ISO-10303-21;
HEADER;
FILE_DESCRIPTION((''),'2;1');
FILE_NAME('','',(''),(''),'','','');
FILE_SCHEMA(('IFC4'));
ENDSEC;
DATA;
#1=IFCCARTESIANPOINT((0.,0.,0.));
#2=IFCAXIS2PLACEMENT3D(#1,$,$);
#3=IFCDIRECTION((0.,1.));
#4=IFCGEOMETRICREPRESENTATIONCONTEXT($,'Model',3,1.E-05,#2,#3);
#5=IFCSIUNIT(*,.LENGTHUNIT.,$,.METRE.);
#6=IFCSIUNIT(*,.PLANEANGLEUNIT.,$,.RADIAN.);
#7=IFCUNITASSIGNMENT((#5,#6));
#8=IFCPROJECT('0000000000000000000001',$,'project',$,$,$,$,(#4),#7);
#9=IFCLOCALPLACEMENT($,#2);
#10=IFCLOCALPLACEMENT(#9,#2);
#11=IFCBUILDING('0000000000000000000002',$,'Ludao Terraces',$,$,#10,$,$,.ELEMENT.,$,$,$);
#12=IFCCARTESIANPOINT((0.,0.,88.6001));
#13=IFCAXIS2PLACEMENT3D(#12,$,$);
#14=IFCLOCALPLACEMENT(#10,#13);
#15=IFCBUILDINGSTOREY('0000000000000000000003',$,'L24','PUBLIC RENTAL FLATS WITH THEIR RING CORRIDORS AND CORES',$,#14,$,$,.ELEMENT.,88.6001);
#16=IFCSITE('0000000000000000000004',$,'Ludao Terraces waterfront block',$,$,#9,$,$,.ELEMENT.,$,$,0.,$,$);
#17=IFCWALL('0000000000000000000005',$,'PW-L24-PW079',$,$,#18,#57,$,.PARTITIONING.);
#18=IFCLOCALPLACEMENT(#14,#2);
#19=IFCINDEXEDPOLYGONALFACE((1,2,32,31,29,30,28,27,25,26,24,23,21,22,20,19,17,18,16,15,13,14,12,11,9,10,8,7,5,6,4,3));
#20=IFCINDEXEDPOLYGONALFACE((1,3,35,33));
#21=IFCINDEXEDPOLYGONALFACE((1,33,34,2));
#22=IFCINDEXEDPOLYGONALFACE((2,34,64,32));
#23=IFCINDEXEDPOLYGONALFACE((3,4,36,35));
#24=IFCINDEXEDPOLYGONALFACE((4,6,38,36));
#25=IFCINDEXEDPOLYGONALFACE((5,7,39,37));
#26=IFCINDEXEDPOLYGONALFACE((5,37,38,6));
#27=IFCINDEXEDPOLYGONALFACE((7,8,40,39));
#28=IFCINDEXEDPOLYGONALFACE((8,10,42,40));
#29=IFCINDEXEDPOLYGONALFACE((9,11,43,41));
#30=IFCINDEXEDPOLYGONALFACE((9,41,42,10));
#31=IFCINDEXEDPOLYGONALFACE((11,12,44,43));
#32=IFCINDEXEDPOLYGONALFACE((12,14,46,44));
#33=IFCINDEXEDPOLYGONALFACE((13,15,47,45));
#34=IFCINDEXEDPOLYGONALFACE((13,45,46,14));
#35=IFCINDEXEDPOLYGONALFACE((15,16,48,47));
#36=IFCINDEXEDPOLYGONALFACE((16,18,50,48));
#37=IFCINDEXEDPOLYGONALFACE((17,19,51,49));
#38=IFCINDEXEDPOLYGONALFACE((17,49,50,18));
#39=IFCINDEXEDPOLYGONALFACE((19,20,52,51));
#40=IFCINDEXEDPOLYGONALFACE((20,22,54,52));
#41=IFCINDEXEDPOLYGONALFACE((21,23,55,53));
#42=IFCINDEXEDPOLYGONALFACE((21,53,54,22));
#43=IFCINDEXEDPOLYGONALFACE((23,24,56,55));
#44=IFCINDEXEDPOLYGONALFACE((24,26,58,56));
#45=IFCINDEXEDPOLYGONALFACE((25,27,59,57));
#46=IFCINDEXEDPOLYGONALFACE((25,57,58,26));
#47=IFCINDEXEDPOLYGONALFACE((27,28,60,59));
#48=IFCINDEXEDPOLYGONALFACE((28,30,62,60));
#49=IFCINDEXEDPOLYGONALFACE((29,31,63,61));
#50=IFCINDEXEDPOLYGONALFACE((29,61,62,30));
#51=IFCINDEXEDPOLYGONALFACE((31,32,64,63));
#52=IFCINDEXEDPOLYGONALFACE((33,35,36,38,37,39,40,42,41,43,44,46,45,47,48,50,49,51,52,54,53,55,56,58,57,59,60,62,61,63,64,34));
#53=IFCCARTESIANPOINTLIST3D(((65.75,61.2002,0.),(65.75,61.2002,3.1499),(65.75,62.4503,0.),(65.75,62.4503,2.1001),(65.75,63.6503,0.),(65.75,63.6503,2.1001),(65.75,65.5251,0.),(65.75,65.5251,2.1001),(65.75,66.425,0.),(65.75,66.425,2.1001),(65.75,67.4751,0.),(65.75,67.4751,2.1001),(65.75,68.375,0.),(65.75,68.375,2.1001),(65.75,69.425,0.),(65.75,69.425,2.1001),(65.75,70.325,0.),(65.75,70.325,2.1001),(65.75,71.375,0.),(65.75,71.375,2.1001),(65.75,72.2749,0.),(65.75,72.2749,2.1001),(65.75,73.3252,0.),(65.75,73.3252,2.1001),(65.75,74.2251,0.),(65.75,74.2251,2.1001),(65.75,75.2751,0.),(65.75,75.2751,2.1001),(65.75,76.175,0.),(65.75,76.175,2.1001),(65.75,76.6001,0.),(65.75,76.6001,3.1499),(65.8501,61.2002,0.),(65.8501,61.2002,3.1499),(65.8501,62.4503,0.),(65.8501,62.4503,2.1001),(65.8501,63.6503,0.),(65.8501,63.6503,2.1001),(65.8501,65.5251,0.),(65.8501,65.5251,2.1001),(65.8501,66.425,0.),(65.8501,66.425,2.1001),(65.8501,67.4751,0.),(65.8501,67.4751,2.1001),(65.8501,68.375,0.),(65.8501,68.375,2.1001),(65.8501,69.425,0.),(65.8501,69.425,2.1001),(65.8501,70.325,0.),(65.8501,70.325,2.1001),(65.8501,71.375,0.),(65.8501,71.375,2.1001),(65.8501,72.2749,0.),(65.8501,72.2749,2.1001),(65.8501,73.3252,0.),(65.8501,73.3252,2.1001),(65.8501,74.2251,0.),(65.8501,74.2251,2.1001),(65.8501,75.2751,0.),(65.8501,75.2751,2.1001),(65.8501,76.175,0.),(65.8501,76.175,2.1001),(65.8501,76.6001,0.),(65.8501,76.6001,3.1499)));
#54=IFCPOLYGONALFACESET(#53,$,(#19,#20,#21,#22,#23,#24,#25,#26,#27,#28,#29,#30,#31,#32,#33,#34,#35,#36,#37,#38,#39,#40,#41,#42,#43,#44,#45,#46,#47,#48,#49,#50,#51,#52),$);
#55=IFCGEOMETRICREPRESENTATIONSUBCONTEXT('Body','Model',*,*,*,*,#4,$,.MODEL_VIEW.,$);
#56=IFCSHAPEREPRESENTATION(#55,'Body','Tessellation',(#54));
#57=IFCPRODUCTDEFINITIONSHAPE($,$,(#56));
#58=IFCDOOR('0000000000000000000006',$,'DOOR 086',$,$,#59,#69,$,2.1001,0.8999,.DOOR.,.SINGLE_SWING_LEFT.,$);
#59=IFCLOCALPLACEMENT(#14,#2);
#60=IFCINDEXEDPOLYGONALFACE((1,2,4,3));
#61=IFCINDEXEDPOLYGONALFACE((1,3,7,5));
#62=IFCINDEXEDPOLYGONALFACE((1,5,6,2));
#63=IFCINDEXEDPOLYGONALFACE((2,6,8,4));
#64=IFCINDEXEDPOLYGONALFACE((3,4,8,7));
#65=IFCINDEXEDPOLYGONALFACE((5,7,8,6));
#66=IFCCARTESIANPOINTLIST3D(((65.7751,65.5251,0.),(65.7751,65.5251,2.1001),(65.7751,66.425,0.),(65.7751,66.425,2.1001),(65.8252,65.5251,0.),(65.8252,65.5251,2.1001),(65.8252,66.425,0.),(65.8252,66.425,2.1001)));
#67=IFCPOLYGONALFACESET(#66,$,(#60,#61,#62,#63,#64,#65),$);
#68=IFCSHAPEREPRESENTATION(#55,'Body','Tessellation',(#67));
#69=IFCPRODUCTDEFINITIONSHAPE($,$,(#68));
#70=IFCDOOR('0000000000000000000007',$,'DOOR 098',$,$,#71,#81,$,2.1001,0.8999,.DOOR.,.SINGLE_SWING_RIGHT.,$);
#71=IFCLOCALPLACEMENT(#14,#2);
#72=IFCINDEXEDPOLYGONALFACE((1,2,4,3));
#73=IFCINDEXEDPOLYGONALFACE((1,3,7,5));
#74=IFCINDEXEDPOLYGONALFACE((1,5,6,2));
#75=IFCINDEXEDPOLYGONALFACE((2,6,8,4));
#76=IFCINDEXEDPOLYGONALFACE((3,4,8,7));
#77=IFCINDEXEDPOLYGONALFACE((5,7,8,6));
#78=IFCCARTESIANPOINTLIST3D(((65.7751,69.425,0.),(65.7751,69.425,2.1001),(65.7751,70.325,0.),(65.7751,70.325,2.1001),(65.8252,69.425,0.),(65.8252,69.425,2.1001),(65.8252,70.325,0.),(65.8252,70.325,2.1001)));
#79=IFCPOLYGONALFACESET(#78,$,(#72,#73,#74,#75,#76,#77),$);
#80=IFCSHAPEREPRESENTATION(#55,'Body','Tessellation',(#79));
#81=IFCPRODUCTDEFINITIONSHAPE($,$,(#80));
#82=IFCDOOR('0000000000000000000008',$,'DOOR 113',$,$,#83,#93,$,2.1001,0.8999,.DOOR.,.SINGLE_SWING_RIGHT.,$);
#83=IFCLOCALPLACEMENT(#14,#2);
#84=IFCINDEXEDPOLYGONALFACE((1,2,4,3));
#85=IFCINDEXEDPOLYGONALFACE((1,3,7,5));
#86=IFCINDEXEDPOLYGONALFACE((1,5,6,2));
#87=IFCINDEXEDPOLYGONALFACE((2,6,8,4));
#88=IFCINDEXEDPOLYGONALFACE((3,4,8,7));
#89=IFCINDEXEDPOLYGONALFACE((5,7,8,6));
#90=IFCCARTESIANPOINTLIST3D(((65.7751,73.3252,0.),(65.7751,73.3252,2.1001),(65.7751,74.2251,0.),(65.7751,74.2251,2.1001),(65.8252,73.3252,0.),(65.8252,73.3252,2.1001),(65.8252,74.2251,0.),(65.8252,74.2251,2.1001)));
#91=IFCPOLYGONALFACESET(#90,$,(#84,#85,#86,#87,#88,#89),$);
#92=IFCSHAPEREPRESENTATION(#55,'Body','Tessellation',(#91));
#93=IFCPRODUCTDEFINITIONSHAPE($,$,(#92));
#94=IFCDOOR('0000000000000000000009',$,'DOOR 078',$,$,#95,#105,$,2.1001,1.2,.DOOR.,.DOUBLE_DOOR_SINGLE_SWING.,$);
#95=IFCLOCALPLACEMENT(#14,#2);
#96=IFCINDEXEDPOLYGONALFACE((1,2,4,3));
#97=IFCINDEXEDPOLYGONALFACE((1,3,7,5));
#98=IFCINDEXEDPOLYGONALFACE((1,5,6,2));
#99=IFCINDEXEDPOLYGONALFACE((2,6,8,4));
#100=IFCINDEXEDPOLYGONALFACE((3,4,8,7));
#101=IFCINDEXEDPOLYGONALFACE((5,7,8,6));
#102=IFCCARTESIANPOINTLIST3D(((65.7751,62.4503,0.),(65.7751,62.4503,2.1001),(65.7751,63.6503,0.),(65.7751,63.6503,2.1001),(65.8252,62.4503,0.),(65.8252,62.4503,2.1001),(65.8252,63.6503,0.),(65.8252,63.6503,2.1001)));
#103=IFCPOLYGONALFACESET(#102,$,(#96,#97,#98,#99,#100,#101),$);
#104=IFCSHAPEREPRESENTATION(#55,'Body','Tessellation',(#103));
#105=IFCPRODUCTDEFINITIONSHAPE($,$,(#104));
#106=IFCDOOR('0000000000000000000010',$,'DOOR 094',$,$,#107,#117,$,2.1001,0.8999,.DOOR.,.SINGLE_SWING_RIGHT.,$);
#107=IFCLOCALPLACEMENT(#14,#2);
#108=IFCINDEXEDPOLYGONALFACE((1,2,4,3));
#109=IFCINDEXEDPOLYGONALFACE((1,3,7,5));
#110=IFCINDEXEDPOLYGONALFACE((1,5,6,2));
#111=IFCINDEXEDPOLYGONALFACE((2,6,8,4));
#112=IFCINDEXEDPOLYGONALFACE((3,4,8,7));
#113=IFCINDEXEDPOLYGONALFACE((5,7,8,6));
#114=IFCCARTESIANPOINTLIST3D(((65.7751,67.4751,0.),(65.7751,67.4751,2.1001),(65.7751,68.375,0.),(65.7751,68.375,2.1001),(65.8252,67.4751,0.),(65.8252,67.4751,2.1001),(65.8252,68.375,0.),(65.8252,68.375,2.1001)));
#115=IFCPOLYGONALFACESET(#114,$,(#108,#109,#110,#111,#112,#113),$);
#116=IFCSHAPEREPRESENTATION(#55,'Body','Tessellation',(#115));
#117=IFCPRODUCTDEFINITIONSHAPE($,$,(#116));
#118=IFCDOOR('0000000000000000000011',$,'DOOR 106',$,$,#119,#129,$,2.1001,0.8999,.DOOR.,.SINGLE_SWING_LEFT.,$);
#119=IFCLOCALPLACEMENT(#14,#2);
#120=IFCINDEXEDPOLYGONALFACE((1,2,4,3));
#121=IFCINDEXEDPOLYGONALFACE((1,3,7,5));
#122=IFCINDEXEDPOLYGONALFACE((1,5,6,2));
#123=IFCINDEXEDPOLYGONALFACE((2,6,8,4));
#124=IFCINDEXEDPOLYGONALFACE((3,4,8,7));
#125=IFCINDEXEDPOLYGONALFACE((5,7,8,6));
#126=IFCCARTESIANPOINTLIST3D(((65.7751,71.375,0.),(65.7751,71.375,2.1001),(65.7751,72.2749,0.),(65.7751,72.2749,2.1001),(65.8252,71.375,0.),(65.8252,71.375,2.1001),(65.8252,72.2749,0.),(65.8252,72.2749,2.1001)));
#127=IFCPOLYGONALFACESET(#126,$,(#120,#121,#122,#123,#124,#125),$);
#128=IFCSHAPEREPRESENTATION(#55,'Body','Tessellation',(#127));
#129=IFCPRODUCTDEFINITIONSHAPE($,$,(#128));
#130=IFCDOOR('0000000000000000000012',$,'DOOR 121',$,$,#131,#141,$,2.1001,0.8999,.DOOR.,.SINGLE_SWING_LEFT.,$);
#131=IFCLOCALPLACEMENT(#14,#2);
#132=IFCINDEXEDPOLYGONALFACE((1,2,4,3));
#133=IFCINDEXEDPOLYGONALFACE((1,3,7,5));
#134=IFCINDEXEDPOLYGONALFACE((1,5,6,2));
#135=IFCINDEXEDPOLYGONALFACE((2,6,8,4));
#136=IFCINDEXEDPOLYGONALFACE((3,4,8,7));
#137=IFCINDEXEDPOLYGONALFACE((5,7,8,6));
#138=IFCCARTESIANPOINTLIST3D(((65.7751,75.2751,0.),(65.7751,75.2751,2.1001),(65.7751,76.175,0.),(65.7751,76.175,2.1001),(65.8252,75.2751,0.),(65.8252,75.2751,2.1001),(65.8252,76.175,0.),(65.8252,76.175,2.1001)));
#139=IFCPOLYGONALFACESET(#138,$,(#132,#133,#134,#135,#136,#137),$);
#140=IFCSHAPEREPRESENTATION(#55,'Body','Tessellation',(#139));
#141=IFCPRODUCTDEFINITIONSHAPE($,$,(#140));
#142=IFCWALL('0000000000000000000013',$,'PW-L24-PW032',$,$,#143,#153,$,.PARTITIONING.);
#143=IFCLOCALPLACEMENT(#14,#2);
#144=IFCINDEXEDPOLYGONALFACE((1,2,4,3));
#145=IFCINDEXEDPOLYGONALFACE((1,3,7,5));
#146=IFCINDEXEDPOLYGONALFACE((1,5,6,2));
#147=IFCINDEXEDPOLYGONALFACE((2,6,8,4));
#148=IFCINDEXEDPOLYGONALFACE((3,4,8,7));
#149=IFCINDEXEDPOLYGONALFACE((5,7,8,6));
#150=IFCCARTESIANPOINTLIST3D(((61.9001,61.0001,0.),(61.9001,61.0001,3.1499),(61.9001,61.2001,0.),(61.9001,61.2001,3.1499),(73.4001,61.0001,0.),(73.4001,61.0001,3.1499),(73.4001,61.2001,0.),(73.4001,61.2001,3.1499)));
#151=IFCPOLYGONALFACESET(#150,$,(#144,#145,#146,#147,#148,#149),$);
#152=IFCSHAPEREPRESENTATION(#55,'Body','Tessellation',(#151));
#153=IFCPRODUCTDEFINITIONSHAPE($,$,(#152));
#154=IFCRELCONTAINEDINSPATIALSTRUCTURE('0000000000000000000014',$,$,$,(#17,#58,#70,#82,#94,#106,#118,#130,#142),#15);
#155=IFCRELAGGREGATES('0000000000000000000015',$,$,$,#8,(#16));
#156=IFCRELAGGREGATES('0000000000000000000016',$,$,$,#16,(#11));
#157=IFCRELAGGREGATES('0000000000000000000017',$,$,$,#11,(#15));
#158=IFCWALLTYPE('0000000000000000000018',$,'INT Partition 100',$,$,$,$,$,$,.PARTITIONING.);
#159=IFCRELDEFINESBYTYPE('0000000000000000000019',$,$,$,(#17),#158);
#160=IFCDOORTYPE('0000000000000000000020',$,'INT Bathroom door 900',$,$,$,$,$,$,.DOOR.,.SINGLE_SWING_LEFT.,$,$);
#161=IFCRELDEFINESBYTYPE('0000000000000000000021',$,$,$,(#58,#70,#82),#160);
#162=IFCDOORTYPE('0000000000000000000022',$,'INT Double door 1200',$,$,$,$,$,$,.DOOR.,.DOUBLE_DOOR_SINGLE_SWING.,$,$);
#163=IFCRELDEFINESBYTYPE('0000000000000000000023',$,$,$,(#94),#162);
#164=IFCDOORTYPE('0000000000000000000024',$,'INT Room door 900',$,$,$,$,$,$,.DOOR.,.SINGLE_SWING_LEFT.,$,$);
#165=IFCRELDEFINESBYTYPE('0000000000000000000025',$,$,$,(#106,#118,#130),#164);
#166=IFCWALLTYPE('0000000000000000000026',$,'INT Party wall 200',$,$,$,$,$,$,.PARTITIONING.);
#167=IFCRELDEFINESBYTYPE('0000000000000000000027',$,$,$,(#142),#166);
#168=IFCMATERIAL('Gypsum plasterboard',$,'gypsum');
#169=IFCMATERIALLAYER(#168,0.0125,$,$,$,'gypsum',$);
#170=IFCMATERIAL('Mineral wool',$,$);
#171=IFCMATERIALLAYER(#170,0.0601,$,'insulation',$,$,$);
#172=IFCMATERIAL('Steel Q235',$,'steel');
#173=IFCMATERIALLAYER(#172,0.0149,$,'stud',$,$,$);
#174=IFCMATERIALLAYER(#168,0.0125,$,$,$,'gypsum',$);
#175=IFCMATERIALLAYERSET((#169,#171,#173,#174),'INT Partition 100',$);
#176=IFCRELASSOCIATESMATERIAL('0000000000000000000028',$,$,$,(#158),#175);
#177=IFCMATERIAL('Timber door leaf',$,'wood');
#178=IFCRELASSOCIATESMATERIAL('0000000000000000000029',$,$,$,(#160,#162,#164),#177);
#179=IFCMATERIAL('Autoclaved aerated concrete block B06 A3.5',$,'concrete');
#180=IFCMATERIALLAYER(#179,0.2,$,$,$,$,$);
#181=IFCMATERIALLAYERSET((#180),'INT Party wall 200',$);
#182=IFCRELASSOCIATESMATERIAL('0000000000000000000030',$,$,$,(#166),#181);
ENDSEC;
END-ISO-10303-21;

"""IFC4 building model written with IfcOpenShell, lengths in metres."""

from ifc_helpers import new_model, si_unit, direction, frame, frame_2d, origin, place, context, subcontext, project, spatial, rectangle, extrude, material, layer, layer_set, type_object, element, fill, save


model = new_model("IFC4")

# Units and contexts
model_context = context("Model", 3, precision=1e-05, world=origin(), true_north=direction((0.0, 1.0)))
body_context = subcontext(model_context, "Body", "Model", "MODEL_VIEW")
ifc_project = project(units=[si_unit("LENGTHUNIT", "METRE"), si_unit("PLANEANGLEUNIT", "RADIAN")], contexts=[model_context])

# Site, building, storey
site_placement = place(None, origin())
site = spatial("IfcSite", under=ifc_project, at=site_placement, Name="Ludao Terraces waterfront block", CompositionType="ELEMENT", RefElevation=0.0)
building_placement = place(site_placement, origin())
building = spatial("IfcBuilding", under=site, at=building_placement, Name="Ludao Terraces", CompositionType="ELEMENT")
storey_placement = place(building_placement, frame((0.0, 0.0, 88.6001)))
storey = spatial("IfcBuildingStorey", under=building, at=storey_placement, Name="L24", Description="PUBLIC RENTAL FLATS WITH THEIR RING CORRIDORS AND CORES", CompositionType="ELEMENT", Elevation=88.6001)

# Shared definitions
ifc_material_1 = material(Name="Mineral wool")

# Shared definitions
ifc_material_2 = material(Name="Gypsum plasterboard", Category="gypsum")
ifc_layer_1 = layer(ifc_material_2, 0.0125, Category="gypsum")
ifc_layer_2 = layer(ifc_material_1, 0.0601, Name="insulation")
ifc_material_3 = material(Name="Steel Q235", Category="steel")
ifc_layer_3 = layer(ifc_material_3, 0.0149, Name="stud")
ifc_layer_4 = layer(ifc_material_2, 0.0125, Category="gypsum")
ifc_layer_set_1 = layer_set([ifc_layer_1, ifc_layer_2, ifc_layer_3, ifc_layer_4], Name="INT Partition 100")
wall_type_1 = type_object("IfcWallType", Name="INT Partition 100", PredefinedType="PARTITIONING", material=ifc_layer_set_1)

# Wall, openings, doors
wall_1_placement = place(storey_placement, frame((65.8, 61.2002, 0.0), z_axis=(0.0, 0.0, 1.0), x_axis=(0.0, 1.0, 0.0)))
wall_1 = element("IfcWall", 1, at=wall_1_placement, inside=storey, type_object=wall_type_1, Name="PW-L24-PW079", PredefinedType="PARTITIONING", context=body_context, shape_type="SweptSolid", body=[
    extrude(rectangle(XDim=15.3999, YDim=0.1001, at=frame_2d((7.7, 0.0))), origin(), (0.0, 0.0, 1.0), 3.1499),
])
opening_1_placement = place(wall_1_placement, frame((1.25, 0.0, 0.0)))
opening_1 = element("IfcOpeningElement", 2, at=opening_1_placement, cuts=wall_1, PredefinedType="OPENING", context=body_context, shape_type="SweptSolid", body=[
    extrude(rectangle(XDim=1.2, YDim=2.1001, at=frame_2d((0.6001, 1.05))), frame((0.0, 0.0601, 0.0), z_axis=(0.0, -1.0, 0.0), x_axis=(1.0, 0.0, 0.0)), (0.0, 0.0, 1.0), 0.1201),
])
opening_2_placement = place(wall_1_placement, frame((4.325, 0.0, 0.0)))
opening_2 = element("IfcOpeningElement", 3, at=opening_2_placement, cuts=wall_1, PredefinedType="OPENING", context=body_context, shape_type="SweptSolid", body=[
    extrude(rectangle(XDim=0.8999, YDim=2.1001, at=frame_2d((0.45, 1.05))), frame((0.0, 0.0601, 0.0), z_axis=(0.0, -1.0, 0.0), x_axis=(1.0, 0.0, 0.0)), (0.0, 0.0, 1.0), 0.1201),
])
opening_3_placement = place(wall_1_placement, frame((6.2749, 0.0, 0.0)))
opening_3 = element("IfcOpeningElement", 4, at=opening_3_placement, cuts=wall_1, PredefinedType="OPENING", context=body_context, shape_type="SweptSolid", body=[
    extrude(rectangle(XDim=0.8999, YDim=2.1001, at=frame_2d((0.45, 1.05))), frame((0.0, 0.0601, 0.0), z_axis=(0.0, -1.0, 0.0), x_axis=(1.0, 0.0, 0.0)), (0.0, 0.0, 1.0), 0.1201),
])
opening_4_placement = place(wall_1_placement, frame((8.2249, 0.0, 0.0)))
opening_4 = element("IfcOpeningElement", 5, at=opening_4_placement, cuts=wall_1, PredefinedType="OPENING", context=body_context, shape_type="SweptSolid", body=[
    extrude(rectangle(XDim=0.8999, YDim=2.1001, at=frame_2d((0.45, 1.05))), frame((0.0, 0.0601, 0.0), z_axis=(0.0, -1.0, 0.0), x_axis=(1.0, 0.0, 0.0)), (0.0, 0.0, 1.0), 0.1201),
])
opening_5_placement = place(wall_1_placement, frame((10.1748, 0.0, 0.0)))
opening_5 = element("IfcOpeningElement", 6, at=opening_5_placement, cuts=wall_1, PredefinedType="OPENING", context=body_context, shape_type="SweptSolid", body=[
    extrude(rectangle(XDim=0.8999, YDim=2.1001, at=frame_2d((0.45, 1.05))), frame((0.0, 0.0601, 0.0), z_axis=(0.0, -1.0, 0.0), x_axis=(1.0, 0.0, 0.0)), (0.0, 0.0, 1.0), 0.1201),
])
opening_6_placement = place(wall_1_placement, frame((12.125, 0.0, 0.0)))
opening_6 = element("IfcOpeningElement", 7, at=opening_6_placement, cuts=wall_1, PredefinedType="OPENING", context=body_context, shape_type="SweptSolid", body=[
    extrude(rectangle(XDim=0.8999, YDim=2.1001, at=frame_2d((0.45, 1.05))), frame((0.0, 0.0601, 0.0), z_axis=(0.0, -1.0, 0.0), x_axis=(1.0, 0.0, 0.0)), (0.0, 0.0, 1.0), 0.1201),
])
opening_7_placement = place(wall_1_placement, frame((14.075, 0.0, 0.0)))
opening_7 = element("IfcOpeningElement", 8, at=opening_7_placement, cuts=wall_1, PredefinedType="OPENING", context=body_context, shape_type="SweptSolid", body=[
    extrude(rectangle(XDim=0.8999, YDim=2.1001, at=frame_2d((0.45, 1.05))), frame((0.0, 0.0601, 0.0), z_axis=(0.0, -1.0, 0.0), x_axis=(1.0, 0.0, 0.0)), (0.0, 0.0, 1.0), 0.1201),
])
ifc_material_4 = material(Name="Timber door leaf", Category="wood")
door_type_1 = type_object("IfcDoorType", Name="INT Bathroom door 900", OperationType="SINGLE_SWING_LEFT", PredefinedType="DOOR", material=ifc_material_4)
door_1_placement = place(opening_2_placement, origin())
door_1 = element("IfcDoor", 9, at=door_1_placement, inside=storey, type_object=door_type_1, Name="DOOR 086", OperationType="SINGLE_SWING_LEFT", OverallHeight=2.1001, OverallWidth=0.8999, PredefinedType="DOOR", context=body_context, shape_type="SweptSolid", body=[
    extrude(rectangle(XDim=0.8999, YDim=2.1001, at=frame_2d((0.45, 1.05))), frame((0.0, 0.0249, 0.0), z_axis=(0.0, -1.0, 0.0), x_axis=(1.0, 0.0, 0.0)), (0.0, 0.0, 1.0), 0.05),
])
fill(opening_2, door_1)
door_2_placement = place(opening_4_placement, origin())
door_2 = element("IfcDoor", 10, at=door_2_placement, inside=storey, type_object=door_type_1, Name="DOOR 098", OperationType="SINGLE_SWING_RIGHT", OverallHeight=2.1001, OverallWidth=0.8999, PredefinedType="DOOR", context=body_context, shape_type="SweptSolid", body=[
    extrude(rectangle(XDim=0.8999, YDim=2.1001, at=frame_2d((0.45, 1.05))), frame((0.0, 0.0249, 0.0), z_axis=(0.0, -1.0, 0.0), x_axis=(1.0, 0.0, 0.0)), (0.0, 0.0, 1.0), 0.05),
])
fill(opening_4, door_2)
door_3_placement = place(opening_6_placement, origin())
door_3 = element("IfcDoor", 11, at=door_3_placement, inside=storey, type_object=door_type_1, Name="DOOR 113", OperationType="SINGLE_SWING_RIGHT", OverallHeight=2.1001, OverallWidth=0.8999, PredefinedType="DOOR", context=body_context, shape_type="SweptSolid", body=[
    extrude(rectangle(XDim=0.8999, YDim=2.1001, at=frame_2d((0.45, 1.05))), frame((0.0, 0.0249, 0.0), z_axis=(0.0, -1.0, 0.0), x_axis=(1.0, 0.0, 0.0)), (0.0, 0.0, 1.0), 0.05),
])
fill(opening_6, door_3)
door_type_2 = type_object("IfcDoorType", Name="INT Double door 1200", OperationType="DOUBLE_DOOR_SINGLE_SWING", PredefinedType="DOOR", material=ifc_material_4)
door_4_placement = place(opening_1_placement, origin())
door_4 = element("IfcDoor", 12, at=door_4_placement, inside=storey, type_object=door_type_2, Name="DOOR 078", OperationType="DOUBLE_DOOR_SINGLE_SWING", OverallHeight=2.1001, OverallWidth=1.2, PredefinedType="DOOR", context=body_context, shape_type="SweptSolid", body=[
    extrude(rectangle(XDim=1.2, YDim=2.1001, at=frame_2d((0.6001, 1.05))), frame((0.0, 0.0249, 0.0), z_axis=(0.0, -1.0, 0.0), x_axis=(1.0, 0.0, 0.0)), (0.0, 0.0, 1.0), 0.05),
])
fill(opening_1, door_4)
door_type_3 = type_object("IfcDoorType", Name="INT Room door 900", OperationType="SINGLE_SWING_LEFT", PredefinedType="DOOR", material=ifc_material_4)
door_5_placement = place(opening_3_placement, origin())
door_5 = element("IfcDoor", 13, at=door_5_placement, inside=storey, type_object=door_type_3, Name="DOOR 094", OperationType="SINGLE_SWING_RIGHT", OverallHeight=2.1001, OverallWidth=0.8999, PredefinedType="DOOR", context=body_context, shape_type="SweptSolid", body=[
    extrude(rectangle(XDim=0.8999, YDim=2.1001, at=frame_2d((0.45, 1.05))), frame((0.0, 0.0249, 0.0), z_axis=(0.0, -1.0, 0.0), x_axis=(1.0, 0.0, 0.0)), (0.0, 0.0, 1.0), 0.05),
])
fill(opening_3, door_5)
door_6_placement = place(opening_5_placement, origin())
door_6 = element("IfcDoor", 14, at=door_6_placement, inside=storey, type_object=door_type_3, Name="DOOR 106", OperationType="SINGLE_SWING_LEFT", OverallHeight=2.1001, OverallWidth=0.8999, PredefinedType="DOOR", context=body_context, shape_type="SweptSolid", body=[
    extrude(rectangle(XDim=0.8999, YDim=2.1001, at=frame_2d((0.45, 1.05))), frame((0.0, 0.0249, 0.0), z_axis=(0.0, -1.0, 0.0), x_axis=(1.0, 0.0, 0.0)), (0.0, 0.0, 1.0), 0.05),
])
fill(opening_5, door_6)
door_7_placement = place(opening_7_placement, origin())
door_7 = element("IfcDoor", 15, at=door_7_placement, inside=storey, type_object=door_type_3, Name="DOOR 121", OperationType="SINGLE_SWING_LEFT", OverallHeight=2.1001, OverallWidth=0.8999, PredefinedType="DOOR", context=body_context, shape_type="SweptSolid", body=[
    extrude(rectangle(XDim=0.8999, YDim=2.1001, at=frame_2d((0.45, 1.05))), frame((0.0, 0.0249, 0.0), z_axis=(0.0, -1.0, 0.0), x_axis=(1.0, 0.0, 0.0)), (0.0, 0.0, 1.0), 0.05),
])
fill(opening_7, door_7)

# Wall
ifc_material_5 = material(Name="Autoclaved aerated concrete block B06 A3.5", Category="concrete")
ifc_layer_5 = layer(ifc_material_5, 0.2)
ifc_layer_set_2 = layer_set([ifc_layer_5], Name="INT Party wall 200")
wall_type_2 = type_object("IfcWallType", Name="INT Party wall 200", PredefinedType="PARTITIONING", material=ifc_layer_set_2)
wall_2_placement = place(storey_placement, frame((61.9001, 61.1001, 0.0), z_axis=(0.0, 0.0, 1.0), x_axis=(1.0, 0.0, 0.0)))
element("IfcWall", 16, at=wall_2_placement, inside=storey, type_object=wall_type_2, Name="PW-L24-PW032", PredefinedType="PARTITIONING", context=body_context, shape_type="SweptSolid", body=[
    extrude(rectangle(XDim=11.5, YDim=0.2, at=frame_2d((5.75, 0.0))), origin(), (0.0, 0.0, 1.0), 3.1499),
])

save(model, "model.ifc")
